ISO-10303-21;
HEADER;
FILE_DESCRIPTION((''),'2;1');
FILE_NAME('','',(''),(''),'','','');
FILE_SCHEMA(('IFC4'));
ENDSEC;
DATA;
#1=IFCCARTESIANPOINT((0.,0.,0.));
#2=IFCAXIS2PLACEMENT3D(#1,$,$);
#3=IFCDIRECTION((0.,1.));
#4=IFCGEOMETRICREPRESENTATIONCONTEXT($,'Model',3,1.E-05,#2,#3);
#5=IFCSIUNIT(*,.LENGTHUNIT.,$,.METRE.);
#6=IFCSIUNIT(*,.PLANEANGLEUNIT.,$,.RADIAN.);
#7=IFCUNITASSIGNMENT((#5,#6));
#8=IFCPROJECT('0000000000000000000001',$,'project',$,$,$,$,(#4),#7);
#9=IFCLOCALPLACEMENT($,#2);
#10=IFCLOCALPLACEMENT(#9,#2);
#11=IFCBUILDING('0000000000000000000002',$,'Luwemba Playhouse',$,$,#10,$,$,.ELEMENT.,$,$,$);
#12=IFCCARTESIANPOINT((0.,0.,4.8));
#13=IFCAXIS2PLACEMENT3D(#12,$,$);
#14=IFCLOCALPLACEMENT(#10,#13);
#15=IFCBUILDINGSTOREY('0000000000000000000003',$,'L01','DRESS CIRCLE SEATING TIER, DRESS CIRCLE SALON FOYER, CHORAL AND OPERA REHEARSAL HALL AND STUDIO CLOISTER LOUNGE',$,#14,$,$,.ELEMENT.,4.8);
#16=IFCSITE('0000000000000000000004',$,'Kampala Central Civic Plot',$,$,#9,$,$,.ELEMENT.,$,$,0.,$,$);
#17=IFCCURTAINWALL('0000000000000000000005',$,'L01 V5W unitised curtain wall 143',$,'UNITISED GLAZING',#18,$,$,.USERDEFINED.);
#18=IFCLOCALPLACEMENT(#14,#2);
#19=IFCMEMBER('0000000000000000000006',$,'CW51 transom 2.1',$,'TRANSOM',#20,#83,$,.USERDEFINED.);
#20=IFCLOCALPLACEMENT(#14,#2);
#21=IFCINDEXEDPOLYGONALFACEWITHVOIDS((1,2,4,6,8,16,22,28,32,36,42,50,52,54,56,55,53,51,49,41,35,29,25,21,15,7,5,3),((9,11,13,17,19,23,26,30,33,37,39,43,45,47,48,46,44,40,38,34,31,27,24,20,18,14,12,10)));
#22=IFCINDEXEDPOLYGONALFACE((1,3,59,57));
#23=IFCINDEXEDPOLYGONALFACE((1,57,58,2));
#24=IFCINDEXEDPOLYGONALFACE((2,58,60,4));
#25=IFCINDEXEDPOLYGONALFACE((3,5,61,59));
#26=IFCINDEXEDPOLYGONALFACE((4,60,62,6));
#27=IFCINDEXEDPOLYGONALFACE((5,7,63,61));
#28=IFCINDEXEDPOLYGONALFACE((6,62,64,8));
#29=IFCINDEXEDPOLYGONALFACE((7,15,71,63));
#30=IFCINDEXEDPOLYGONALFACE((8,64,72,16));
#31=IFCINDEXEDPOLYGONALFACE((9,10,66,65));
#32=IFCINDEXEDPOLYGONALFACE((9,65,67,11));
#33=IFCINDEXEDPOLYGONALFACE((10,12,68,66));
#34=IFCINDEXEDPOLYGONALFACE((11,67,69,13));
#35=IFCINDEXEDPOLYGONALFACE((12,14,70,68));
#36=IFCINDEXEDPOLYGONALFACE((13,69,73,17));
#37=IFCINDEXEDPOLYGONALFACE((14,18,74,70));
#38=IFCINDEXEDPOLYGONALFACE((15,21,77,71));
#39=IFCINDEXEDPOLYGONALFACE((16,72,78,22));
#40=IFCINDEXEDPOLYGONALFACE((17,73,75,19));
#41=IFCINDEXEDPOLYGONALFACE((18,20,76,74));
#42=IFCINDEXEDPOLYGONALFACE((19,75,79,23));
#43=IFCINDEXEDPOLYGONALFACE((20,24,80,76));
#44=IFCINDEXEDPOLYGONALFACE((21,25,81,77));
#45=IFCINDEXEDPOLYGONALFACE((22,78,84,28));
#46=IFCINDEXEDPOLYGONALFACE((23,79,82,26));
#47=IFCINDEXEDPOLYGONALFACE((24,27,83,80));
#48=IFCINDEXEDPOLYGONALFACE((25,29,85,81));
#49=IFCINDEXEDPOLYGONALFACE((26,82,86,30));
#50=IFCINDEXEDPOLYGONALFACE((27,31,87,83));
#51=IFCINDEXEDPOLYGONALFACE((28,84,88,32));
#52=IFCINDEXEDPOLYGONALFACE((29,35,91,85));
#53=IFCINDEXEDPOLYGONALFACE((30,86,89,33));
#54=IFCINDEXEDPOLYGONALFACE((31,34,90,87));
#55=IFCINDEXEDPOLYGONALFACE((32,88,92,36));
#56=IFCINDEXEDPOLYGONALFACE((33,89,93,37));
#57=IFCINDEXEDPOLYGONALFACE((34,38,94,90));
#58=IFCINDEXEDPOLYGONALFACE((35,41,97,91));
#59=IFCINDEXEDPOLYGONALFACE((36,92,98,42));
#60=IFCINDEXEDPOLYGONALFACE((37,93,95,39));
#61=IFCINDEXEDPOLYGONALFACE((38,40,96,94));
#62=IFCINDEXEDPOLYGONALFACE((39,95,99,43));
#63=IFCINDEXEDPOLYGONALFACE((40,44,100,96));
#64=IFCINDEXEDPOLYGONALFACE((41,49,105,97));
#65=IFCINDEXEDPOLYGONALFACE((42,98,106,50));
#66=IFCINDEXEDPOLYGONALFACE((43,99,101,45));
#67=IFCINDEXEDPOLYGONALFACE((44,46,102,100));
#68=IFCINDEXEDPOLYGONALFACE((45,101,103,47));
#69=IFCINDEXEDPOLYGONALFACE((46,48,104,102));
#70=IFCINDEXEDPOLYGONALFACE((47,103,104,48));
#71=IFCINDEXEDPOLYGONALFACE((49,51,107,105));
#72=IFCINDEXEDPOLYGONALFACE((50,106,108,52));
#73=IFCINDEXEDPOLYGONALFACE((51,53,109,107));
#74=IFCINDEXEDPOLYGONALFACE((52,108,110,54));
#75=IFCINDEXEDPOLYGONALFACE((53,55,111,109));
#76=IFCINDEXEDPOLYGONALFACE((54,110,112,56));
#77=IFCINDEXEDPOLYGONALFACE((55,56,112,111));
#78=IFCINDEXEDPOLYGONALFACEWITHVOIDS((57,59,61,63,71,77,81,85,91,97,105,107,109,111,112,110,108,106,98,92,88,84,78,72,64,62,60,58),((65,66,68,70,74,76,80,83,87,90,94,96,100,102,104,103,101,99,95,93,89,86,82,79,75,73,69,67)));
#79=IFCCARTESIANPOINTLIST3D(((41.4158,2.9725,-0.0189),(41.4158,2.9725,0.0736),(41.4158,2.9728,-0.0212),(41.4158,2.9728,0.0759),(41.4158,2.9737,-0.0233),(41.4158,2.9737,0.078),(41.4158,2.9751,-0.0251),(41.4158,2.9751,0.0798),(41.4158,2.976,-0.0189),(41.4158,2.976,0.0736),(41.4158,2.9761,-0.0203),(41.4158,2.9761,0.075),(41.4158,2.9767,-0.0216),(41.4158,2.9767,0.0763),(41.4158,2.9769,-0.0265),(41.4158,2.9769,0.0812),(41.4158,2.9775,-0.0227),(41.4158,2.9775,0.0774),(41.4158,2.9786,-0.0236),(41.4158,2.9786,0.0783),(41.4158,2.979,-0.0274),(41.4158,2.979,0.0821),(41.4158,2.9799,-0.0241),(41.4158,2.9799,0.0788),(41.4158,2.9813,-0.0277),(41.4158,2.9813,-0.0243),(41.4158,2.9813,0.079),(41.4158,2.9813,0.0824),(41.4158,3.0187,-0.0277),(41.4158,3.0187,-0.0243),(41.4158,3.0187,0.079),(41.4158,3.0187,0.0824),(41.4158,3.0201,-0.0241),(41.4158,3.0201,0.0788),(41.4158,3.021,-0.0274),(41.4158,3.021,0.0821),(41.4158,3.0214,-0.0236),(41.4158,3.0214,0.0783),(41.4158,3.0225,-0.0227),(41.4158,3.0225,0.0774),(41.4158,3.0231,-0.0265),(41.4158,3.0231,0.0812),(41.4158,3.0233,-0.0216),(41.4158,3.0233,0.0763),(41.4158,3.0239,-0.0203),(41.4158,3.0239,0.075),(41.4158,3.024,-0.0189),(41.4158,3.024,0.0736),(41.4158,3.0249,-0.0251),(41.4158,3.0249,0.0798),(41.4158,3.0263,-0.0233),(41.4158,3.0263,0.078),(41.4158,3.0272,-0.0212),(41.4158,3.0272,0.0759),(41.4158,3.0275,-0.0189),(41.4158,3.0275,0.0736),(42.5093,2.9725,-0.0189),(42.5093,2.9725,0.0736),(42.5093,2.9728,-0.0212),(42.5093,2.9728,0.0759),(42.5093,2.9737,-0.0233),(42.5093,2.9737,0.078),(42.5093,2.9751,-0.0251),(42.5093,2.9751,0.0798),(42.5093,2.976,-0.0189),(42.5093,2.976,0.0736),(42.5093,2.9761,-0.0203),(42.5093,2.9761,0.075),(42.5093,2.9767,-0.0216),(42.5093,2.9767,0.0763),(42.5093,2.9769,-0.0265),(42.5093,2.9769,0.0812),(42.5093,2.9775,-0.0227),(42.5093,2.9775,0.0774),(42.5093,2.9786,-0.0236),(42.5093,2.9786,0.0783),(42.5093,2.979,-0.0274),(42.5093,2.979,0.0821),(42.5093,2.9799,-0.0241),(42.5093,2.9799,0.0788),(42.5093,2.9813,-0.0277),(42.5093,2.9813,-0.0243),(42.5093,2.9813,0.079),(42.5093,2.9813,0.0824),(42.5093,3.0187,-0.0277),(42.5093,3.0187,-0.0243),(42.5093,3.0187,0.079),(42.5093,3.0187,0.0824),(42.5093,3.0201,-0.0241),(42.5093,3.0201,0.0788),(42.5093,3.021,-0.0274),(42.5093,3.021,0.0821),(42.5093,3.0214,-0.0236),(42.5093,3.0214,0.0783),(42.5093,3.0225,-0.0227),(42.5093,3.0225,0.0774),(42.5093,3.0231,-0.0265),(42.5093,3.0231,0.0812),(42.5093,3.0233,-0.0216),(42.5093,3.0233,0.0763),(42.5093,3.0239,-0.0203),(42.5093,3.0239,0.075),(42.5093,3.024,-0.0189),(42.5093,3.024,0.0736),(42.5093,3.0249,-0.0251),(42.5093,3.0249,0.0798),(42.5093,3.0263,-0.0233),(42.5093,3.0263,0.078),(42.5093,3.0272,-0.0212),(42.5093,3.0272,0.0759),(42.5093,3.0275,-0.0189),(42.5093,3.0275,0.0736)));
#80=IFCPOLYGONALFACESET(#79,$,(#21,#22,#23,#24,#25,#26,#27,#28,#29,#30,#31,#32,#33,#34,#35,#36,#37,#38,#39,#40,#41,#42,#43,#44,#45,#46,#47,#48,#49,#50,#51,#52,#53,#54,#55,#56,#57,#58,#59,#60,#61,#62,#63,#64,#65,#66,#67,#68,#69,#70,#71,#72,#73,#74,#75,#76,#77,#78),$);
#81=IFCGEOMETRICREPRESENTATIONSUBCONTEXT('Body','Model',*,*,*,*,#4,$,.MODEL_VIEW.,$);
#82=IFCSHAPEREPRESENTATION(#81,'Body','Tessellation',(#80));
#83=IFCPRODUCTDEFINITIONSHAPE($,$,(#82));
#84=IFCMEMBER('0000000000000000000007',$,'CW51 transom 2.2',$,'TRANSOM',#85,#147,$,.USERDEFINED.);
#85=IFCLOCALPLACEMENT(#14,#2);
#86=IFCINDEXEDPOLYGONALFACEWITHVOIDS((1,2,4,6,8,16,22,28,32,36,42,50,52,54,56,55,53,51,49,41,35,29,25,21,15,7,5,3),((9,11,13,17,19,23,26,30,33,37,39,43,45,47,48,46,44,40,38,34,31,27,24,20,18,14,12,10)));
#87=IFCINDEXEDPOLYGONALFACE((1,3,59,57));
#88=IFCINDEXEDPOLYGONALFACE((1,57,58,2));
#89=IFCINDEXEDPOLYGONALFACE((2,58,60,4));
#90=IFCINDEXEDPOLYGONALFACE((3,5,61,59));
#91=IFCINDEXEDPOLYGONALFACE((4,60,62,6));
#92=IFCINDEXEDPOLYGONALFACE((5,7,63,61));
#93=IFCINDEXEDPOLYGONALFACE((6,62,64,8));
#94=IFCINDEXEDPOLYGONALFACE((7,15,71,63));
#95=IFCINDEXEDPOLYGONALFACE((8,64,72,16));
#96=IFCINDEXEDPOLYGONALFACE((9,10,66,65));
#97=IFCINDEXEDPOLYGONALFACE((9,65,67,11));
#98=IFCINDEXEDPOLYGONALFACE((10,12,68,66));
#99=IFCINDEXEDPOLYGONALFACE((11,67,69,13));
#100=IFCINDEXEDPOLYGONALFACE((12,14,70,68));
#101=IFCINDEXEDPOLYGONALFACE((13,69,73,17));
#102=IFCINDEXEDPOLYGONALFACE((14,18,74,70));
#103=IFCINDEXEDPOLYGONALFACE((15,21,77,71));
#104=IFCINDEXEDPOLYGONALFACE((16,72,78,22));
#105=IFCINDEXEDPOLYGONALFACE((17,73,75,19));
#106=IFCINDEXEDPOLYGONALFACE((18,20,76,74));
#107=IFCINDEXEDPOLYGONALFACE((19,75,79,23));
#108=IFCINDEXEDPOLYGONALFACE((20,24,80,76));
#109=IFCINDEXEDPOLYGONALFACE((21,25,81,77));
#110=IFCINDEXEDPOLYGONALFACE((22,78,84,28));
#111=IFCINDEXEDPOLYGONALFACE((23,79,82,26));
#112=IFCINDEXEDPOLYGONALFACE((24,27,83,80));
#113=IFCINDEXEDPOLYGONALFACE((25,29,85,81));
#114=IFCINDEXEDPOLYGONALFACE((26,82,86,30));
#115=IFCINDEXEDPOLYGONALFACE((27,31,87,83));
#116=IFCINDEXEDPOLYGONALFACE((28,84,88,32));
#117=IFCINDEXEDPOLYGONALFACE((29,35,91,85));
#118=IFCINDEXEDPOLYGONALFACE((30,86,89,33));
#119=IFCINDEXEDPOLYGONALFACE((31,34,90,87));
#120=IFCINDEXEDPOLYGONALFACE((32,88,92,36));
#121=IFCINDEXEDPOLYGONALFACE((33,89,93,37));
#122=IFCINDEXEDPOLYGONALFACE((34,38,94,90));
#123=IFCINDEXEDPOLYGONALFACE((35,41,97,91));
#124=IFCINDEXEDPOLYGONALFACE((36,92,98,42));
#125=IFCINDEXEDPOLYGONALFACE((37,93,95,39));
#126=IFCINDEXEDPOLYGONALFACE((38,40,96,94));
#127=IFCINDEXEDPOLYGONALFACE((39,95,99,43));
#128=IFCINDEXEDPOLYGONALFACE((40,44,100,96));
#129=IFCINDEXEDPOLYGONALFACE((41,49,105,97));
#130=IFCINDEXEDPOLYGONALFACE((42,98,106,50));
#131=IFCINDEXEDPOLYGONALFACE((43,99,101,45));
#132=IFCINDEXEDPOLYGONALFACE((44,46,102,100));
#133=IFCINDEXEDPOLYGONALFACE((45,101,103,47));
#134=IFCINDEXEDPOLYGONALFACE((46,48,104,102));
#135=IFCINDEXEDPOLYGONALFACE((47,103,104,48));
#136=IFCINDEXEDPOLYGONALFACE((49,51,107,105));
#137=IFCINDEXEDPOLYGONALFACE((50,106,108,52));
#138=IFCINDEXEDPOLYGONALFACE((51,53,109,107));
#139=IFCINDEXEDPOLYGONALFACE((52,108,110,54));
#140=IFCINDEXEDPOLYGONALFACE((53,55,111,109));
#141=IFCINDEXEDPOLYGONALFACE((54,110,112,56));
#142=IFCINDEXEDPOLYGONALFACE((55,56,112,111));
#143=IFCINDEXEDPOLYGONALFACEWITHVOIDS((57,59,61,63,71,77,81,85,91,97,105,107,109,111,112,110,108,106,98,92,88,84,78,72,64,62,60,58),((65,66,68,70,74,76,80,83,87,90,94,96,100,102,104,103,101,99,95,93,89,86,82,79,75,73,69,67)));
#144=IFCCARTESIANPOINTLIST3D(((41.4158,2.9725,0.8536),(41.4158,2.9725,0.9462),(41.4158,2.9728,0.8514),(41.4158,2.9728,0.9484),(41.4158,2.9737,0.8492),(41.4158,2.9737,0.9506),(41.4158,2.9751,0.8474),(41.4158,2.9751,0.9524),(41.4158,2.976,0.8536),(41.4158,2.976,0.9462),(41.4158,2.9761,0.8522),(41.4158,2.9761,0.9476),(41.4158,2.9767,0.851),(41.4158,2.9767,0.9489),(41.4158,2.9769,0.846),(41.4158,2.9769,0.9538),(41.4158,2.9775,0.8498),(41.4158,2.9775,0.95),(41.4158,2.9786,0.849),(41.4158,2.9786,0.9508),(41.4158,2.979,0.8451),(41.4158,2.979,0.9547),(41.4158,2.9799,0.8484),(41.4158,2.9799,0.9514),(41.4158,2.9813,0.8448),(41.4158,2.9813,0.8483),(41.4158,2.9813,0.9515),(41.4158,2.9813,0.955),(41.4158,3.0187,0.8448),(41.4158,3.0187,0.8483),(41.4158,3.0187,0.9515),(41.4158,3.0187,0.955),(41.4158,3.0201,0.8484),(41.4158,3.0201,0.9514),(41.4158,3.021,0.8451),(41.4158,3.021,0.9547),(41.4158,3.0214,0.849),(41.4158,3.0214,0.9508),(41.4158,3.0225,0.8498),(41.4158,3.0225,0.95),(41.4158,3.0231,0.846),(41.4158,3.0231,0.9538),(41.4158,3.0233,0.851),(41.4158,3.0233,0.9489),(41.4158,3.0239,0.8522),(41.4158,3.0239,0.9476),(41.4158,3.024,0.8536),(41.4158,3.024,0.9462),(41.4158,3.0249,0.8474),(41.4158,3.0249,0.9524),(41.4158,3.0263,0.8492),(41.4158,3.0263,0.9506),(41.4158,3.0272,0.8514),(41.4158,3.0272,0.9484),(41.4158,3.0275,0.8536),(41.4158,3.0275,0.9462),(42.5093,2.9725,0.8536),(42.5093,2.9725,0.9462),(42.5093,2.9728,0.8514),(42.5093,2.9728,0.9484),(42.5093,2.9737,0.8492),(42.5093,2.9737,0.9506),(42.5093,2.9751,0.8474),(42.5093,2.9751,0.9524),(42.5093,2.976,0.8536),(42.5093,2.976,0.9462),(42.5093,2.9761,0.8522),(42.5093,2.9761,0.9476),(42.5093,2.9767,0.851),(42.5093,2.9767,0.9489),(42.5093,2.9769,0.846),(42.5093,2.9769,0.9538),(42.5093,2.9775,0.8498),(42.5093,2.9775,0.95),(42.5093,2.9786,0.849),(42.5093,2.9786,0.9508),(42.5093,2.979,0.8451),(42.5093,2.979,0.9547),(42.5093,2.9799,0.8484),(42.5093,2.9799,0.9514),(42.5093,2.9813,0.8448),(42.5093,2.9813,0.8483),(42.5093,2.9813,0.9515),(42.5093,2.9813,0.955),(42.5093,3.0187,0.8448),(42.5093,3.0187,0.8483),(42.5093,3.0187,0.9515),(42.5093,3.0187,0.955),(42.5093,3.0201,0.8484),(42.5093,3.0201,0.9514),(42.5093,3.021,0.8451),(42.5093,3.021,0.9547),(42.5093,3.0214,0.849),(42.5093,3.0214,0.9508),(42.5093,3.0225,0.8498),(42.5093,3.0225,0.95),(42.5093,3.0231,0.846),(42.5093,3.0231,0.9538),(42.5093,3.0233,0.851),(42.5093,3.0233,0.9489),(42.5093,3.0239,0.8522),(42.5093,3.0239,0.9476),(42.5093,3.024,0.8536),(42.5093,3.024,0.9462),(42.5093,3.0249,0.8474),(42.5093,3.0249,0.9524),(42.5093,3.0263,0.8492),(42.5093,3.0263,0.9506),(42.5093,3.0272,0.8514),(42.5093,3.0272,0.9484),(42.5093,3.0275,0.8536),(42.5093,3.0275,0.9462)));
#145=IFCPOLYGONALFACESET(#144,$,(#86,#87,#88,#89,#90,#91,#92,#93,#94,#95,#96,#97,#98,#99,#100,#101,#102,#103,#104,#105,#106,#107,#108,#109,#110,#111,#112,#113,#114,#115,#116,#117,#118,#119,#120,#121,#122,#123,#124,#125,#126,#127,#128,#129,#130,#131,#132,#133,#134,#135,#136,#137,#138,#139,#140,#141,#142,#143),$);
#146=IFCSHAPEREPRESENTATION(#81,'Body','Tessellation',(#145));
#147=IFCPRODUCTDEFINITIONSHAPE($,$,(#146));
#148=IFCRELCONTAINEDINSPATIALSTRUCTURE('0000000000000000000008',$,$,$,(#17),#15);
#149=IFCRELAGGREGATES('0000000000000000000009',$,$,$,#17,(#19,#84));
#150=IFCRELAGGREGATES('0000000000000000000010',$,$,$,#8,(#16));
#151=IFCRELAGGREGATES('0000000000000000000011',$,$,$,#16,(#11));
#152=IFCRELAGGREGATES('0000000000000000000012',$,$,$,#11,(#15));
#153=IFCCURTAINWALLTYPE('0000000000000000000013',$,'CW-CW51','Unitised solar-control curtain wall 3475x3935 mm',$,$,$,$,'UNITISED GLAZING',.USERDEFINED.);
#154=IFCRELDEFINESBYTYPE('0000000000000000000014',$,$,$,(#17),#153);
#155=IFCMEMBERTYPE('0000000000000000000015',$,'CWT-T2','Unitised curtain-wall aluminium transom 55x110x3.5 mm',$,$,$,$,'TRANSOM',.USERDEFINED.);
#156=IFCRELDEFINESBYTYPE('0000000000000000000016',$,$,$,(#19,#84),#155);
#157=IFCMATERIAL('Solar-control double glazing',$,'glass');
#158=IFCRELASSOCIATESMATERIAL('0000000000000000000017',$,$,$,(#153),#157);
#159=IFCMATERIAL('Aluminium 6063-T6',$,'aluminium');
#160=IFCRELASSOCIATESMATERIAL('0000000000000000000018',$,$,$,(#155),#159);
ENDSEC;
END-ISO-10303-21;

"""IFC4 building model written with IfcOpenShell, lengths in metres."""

from ifc_helpers import new_model, si_unit, direction, frame, origin, origin_2d, place, context, subcontext, project, spatial, hollow_rectangle, extrude, material, material_profile, profile_set, type_object, element, aggregate, save


model = new_model("IFC4")

# Units and contexts
model_context = context("Model", 3, precision=1e-05, world=origin(), true_north=direction((0.0, 1.0)))
body_context = subcontext(model_context, "Body", "Model", "MODEL_VIEW")
ifc_project = project(units=[si_unit("LENGTHUNIT", "METRE"), si_unit("PLANEANGLEUNIT", "RADIAN")], contexts=[model_context])

# Site, building, storey
site_placement = place(None, origin())
site = spatial("IfcSite", under=ifc_project, at=site_placement, Name="Kampala Central Civic Plot", CompositionType="ELEMENT", RefElevation=0.0)
building_placement = place(site_placement, origin())
building = spatial("IfcBuilding", under=site, at=building_placement, Name="Luwemba Playhouse", CompositionType="ELEMENT")
storey_placement = place(building_placement, frame((0.0, 0.0, 4.8)))
storey = spatial("IfcBuildingStorey", under=building, at=storey_placement, Name="L01", Description="DRESS CIRCLE SEATING TIER, DRESS CIRCLE SALON FOYER, CHORAL AND OPERA REHEARSAL HALL AND STUDIO CLOISTER LOUNGE", CompositionType="ELEMENT", Elevation=4.8)

# Curtain wall
ifc_material_1 = material(Name="Solar-control double glazing", Category="glass")
curtain_wall_type_1 = type_object("IfcCurtainWallType", Name="CW-CW51", Description="Unitised solar-control curtain wall 3475x3935 mm", ElementType="UNITISED GLAZING", PredefinedType="USERDEFINED", material=ifc_material_1)
curtain_wall_1_placement = place(storey_placement, origin())
curtain_wall_1 = element("IfcCurtainWall", 1, at=curtain_wall_1_placement, inside=storey, type_object=curtain_wall_type_1, Name="L01 V5W unitised curtain wall 143", ObjectType="UNITISED GLAZING", PredefinedType="USERDEFINED")
ifc_material_2 = material(Name="Aluminium 6063-T6", Category="aluminium")

# Members
ifc_material_profile_1 = material_profile(ifc_material_2, hollow_rectangle(XDim=0.0549, YDim=0.1101, WallThickness=0.0034, InnerFilletRadius=0.0054, OuterFilletRadius=0.0088, at=origin_2d()))
ifc_profile_set_1 = profile_set([ifc_material_profile_1], Name="Aluminium 6063-T6")
member_type_1 = type_object("IfcMemberType", Name="CWT-T2", Description="Unitised curtain-wall aluminium transom 55x110x3.5 mm", ElementType="TRANSOM", PredefinedType="USERDEFINED", material=ifc_profile_set_1)
member_1_placement = place(storey_placement, frame((42.5093, 3.0, 0.0273), z_axis=(-1.0, 0.0, 0.0), x_axis=(0.0, -1.0, 0.0)))
member_1 = element("IfcMember", 2, at=member_1_placement, type_object=member_type_1, Name="CW51 transom 2.1", ObjectType="TRANSOM", PredefinedType="USERDEFINED", context=body_context, shape_type="SweptSolid", body=[
    extrude(hollow_rectangle(XDim=0.0549, YDim=0.1101, WallThickness=0.0034, InnerFilletRadius=0.0054, OuterFilletRadius=0.0088, at=origin_2d()), origin(), (0.0, 0.0, 1.0), 1.0935),
])
member_2_placement = place(storey_placement, frame((42.5093, 3.0, 0.8999), z_axis=(-1.0, 0.0, 0.0), x_axis=(0.0, -1.0, 0.0)))
member_2 = element("IfcMember", 3, at=member_2_placement, type_object=member_type_1, Name="CW51 transom 2.2", ObjectType="TRANSOM", PredefinedType="USERDEFINED", context=body_context, shape_type="SweptSolid", body=[
    extrude(hollow_rectangle(XDim=0.0549, YDim=0.1101, WallThickness=0.0034, InnerFilletRadius=0.0054, OuterFilletRadius=0.0088, at=origin_2d()), origin(), (0.0, 0.0, 1.0), 1.0935),
])

aggregate(curtain_wall_1, [member_1, member_2])

save(model, "model.ifc")
